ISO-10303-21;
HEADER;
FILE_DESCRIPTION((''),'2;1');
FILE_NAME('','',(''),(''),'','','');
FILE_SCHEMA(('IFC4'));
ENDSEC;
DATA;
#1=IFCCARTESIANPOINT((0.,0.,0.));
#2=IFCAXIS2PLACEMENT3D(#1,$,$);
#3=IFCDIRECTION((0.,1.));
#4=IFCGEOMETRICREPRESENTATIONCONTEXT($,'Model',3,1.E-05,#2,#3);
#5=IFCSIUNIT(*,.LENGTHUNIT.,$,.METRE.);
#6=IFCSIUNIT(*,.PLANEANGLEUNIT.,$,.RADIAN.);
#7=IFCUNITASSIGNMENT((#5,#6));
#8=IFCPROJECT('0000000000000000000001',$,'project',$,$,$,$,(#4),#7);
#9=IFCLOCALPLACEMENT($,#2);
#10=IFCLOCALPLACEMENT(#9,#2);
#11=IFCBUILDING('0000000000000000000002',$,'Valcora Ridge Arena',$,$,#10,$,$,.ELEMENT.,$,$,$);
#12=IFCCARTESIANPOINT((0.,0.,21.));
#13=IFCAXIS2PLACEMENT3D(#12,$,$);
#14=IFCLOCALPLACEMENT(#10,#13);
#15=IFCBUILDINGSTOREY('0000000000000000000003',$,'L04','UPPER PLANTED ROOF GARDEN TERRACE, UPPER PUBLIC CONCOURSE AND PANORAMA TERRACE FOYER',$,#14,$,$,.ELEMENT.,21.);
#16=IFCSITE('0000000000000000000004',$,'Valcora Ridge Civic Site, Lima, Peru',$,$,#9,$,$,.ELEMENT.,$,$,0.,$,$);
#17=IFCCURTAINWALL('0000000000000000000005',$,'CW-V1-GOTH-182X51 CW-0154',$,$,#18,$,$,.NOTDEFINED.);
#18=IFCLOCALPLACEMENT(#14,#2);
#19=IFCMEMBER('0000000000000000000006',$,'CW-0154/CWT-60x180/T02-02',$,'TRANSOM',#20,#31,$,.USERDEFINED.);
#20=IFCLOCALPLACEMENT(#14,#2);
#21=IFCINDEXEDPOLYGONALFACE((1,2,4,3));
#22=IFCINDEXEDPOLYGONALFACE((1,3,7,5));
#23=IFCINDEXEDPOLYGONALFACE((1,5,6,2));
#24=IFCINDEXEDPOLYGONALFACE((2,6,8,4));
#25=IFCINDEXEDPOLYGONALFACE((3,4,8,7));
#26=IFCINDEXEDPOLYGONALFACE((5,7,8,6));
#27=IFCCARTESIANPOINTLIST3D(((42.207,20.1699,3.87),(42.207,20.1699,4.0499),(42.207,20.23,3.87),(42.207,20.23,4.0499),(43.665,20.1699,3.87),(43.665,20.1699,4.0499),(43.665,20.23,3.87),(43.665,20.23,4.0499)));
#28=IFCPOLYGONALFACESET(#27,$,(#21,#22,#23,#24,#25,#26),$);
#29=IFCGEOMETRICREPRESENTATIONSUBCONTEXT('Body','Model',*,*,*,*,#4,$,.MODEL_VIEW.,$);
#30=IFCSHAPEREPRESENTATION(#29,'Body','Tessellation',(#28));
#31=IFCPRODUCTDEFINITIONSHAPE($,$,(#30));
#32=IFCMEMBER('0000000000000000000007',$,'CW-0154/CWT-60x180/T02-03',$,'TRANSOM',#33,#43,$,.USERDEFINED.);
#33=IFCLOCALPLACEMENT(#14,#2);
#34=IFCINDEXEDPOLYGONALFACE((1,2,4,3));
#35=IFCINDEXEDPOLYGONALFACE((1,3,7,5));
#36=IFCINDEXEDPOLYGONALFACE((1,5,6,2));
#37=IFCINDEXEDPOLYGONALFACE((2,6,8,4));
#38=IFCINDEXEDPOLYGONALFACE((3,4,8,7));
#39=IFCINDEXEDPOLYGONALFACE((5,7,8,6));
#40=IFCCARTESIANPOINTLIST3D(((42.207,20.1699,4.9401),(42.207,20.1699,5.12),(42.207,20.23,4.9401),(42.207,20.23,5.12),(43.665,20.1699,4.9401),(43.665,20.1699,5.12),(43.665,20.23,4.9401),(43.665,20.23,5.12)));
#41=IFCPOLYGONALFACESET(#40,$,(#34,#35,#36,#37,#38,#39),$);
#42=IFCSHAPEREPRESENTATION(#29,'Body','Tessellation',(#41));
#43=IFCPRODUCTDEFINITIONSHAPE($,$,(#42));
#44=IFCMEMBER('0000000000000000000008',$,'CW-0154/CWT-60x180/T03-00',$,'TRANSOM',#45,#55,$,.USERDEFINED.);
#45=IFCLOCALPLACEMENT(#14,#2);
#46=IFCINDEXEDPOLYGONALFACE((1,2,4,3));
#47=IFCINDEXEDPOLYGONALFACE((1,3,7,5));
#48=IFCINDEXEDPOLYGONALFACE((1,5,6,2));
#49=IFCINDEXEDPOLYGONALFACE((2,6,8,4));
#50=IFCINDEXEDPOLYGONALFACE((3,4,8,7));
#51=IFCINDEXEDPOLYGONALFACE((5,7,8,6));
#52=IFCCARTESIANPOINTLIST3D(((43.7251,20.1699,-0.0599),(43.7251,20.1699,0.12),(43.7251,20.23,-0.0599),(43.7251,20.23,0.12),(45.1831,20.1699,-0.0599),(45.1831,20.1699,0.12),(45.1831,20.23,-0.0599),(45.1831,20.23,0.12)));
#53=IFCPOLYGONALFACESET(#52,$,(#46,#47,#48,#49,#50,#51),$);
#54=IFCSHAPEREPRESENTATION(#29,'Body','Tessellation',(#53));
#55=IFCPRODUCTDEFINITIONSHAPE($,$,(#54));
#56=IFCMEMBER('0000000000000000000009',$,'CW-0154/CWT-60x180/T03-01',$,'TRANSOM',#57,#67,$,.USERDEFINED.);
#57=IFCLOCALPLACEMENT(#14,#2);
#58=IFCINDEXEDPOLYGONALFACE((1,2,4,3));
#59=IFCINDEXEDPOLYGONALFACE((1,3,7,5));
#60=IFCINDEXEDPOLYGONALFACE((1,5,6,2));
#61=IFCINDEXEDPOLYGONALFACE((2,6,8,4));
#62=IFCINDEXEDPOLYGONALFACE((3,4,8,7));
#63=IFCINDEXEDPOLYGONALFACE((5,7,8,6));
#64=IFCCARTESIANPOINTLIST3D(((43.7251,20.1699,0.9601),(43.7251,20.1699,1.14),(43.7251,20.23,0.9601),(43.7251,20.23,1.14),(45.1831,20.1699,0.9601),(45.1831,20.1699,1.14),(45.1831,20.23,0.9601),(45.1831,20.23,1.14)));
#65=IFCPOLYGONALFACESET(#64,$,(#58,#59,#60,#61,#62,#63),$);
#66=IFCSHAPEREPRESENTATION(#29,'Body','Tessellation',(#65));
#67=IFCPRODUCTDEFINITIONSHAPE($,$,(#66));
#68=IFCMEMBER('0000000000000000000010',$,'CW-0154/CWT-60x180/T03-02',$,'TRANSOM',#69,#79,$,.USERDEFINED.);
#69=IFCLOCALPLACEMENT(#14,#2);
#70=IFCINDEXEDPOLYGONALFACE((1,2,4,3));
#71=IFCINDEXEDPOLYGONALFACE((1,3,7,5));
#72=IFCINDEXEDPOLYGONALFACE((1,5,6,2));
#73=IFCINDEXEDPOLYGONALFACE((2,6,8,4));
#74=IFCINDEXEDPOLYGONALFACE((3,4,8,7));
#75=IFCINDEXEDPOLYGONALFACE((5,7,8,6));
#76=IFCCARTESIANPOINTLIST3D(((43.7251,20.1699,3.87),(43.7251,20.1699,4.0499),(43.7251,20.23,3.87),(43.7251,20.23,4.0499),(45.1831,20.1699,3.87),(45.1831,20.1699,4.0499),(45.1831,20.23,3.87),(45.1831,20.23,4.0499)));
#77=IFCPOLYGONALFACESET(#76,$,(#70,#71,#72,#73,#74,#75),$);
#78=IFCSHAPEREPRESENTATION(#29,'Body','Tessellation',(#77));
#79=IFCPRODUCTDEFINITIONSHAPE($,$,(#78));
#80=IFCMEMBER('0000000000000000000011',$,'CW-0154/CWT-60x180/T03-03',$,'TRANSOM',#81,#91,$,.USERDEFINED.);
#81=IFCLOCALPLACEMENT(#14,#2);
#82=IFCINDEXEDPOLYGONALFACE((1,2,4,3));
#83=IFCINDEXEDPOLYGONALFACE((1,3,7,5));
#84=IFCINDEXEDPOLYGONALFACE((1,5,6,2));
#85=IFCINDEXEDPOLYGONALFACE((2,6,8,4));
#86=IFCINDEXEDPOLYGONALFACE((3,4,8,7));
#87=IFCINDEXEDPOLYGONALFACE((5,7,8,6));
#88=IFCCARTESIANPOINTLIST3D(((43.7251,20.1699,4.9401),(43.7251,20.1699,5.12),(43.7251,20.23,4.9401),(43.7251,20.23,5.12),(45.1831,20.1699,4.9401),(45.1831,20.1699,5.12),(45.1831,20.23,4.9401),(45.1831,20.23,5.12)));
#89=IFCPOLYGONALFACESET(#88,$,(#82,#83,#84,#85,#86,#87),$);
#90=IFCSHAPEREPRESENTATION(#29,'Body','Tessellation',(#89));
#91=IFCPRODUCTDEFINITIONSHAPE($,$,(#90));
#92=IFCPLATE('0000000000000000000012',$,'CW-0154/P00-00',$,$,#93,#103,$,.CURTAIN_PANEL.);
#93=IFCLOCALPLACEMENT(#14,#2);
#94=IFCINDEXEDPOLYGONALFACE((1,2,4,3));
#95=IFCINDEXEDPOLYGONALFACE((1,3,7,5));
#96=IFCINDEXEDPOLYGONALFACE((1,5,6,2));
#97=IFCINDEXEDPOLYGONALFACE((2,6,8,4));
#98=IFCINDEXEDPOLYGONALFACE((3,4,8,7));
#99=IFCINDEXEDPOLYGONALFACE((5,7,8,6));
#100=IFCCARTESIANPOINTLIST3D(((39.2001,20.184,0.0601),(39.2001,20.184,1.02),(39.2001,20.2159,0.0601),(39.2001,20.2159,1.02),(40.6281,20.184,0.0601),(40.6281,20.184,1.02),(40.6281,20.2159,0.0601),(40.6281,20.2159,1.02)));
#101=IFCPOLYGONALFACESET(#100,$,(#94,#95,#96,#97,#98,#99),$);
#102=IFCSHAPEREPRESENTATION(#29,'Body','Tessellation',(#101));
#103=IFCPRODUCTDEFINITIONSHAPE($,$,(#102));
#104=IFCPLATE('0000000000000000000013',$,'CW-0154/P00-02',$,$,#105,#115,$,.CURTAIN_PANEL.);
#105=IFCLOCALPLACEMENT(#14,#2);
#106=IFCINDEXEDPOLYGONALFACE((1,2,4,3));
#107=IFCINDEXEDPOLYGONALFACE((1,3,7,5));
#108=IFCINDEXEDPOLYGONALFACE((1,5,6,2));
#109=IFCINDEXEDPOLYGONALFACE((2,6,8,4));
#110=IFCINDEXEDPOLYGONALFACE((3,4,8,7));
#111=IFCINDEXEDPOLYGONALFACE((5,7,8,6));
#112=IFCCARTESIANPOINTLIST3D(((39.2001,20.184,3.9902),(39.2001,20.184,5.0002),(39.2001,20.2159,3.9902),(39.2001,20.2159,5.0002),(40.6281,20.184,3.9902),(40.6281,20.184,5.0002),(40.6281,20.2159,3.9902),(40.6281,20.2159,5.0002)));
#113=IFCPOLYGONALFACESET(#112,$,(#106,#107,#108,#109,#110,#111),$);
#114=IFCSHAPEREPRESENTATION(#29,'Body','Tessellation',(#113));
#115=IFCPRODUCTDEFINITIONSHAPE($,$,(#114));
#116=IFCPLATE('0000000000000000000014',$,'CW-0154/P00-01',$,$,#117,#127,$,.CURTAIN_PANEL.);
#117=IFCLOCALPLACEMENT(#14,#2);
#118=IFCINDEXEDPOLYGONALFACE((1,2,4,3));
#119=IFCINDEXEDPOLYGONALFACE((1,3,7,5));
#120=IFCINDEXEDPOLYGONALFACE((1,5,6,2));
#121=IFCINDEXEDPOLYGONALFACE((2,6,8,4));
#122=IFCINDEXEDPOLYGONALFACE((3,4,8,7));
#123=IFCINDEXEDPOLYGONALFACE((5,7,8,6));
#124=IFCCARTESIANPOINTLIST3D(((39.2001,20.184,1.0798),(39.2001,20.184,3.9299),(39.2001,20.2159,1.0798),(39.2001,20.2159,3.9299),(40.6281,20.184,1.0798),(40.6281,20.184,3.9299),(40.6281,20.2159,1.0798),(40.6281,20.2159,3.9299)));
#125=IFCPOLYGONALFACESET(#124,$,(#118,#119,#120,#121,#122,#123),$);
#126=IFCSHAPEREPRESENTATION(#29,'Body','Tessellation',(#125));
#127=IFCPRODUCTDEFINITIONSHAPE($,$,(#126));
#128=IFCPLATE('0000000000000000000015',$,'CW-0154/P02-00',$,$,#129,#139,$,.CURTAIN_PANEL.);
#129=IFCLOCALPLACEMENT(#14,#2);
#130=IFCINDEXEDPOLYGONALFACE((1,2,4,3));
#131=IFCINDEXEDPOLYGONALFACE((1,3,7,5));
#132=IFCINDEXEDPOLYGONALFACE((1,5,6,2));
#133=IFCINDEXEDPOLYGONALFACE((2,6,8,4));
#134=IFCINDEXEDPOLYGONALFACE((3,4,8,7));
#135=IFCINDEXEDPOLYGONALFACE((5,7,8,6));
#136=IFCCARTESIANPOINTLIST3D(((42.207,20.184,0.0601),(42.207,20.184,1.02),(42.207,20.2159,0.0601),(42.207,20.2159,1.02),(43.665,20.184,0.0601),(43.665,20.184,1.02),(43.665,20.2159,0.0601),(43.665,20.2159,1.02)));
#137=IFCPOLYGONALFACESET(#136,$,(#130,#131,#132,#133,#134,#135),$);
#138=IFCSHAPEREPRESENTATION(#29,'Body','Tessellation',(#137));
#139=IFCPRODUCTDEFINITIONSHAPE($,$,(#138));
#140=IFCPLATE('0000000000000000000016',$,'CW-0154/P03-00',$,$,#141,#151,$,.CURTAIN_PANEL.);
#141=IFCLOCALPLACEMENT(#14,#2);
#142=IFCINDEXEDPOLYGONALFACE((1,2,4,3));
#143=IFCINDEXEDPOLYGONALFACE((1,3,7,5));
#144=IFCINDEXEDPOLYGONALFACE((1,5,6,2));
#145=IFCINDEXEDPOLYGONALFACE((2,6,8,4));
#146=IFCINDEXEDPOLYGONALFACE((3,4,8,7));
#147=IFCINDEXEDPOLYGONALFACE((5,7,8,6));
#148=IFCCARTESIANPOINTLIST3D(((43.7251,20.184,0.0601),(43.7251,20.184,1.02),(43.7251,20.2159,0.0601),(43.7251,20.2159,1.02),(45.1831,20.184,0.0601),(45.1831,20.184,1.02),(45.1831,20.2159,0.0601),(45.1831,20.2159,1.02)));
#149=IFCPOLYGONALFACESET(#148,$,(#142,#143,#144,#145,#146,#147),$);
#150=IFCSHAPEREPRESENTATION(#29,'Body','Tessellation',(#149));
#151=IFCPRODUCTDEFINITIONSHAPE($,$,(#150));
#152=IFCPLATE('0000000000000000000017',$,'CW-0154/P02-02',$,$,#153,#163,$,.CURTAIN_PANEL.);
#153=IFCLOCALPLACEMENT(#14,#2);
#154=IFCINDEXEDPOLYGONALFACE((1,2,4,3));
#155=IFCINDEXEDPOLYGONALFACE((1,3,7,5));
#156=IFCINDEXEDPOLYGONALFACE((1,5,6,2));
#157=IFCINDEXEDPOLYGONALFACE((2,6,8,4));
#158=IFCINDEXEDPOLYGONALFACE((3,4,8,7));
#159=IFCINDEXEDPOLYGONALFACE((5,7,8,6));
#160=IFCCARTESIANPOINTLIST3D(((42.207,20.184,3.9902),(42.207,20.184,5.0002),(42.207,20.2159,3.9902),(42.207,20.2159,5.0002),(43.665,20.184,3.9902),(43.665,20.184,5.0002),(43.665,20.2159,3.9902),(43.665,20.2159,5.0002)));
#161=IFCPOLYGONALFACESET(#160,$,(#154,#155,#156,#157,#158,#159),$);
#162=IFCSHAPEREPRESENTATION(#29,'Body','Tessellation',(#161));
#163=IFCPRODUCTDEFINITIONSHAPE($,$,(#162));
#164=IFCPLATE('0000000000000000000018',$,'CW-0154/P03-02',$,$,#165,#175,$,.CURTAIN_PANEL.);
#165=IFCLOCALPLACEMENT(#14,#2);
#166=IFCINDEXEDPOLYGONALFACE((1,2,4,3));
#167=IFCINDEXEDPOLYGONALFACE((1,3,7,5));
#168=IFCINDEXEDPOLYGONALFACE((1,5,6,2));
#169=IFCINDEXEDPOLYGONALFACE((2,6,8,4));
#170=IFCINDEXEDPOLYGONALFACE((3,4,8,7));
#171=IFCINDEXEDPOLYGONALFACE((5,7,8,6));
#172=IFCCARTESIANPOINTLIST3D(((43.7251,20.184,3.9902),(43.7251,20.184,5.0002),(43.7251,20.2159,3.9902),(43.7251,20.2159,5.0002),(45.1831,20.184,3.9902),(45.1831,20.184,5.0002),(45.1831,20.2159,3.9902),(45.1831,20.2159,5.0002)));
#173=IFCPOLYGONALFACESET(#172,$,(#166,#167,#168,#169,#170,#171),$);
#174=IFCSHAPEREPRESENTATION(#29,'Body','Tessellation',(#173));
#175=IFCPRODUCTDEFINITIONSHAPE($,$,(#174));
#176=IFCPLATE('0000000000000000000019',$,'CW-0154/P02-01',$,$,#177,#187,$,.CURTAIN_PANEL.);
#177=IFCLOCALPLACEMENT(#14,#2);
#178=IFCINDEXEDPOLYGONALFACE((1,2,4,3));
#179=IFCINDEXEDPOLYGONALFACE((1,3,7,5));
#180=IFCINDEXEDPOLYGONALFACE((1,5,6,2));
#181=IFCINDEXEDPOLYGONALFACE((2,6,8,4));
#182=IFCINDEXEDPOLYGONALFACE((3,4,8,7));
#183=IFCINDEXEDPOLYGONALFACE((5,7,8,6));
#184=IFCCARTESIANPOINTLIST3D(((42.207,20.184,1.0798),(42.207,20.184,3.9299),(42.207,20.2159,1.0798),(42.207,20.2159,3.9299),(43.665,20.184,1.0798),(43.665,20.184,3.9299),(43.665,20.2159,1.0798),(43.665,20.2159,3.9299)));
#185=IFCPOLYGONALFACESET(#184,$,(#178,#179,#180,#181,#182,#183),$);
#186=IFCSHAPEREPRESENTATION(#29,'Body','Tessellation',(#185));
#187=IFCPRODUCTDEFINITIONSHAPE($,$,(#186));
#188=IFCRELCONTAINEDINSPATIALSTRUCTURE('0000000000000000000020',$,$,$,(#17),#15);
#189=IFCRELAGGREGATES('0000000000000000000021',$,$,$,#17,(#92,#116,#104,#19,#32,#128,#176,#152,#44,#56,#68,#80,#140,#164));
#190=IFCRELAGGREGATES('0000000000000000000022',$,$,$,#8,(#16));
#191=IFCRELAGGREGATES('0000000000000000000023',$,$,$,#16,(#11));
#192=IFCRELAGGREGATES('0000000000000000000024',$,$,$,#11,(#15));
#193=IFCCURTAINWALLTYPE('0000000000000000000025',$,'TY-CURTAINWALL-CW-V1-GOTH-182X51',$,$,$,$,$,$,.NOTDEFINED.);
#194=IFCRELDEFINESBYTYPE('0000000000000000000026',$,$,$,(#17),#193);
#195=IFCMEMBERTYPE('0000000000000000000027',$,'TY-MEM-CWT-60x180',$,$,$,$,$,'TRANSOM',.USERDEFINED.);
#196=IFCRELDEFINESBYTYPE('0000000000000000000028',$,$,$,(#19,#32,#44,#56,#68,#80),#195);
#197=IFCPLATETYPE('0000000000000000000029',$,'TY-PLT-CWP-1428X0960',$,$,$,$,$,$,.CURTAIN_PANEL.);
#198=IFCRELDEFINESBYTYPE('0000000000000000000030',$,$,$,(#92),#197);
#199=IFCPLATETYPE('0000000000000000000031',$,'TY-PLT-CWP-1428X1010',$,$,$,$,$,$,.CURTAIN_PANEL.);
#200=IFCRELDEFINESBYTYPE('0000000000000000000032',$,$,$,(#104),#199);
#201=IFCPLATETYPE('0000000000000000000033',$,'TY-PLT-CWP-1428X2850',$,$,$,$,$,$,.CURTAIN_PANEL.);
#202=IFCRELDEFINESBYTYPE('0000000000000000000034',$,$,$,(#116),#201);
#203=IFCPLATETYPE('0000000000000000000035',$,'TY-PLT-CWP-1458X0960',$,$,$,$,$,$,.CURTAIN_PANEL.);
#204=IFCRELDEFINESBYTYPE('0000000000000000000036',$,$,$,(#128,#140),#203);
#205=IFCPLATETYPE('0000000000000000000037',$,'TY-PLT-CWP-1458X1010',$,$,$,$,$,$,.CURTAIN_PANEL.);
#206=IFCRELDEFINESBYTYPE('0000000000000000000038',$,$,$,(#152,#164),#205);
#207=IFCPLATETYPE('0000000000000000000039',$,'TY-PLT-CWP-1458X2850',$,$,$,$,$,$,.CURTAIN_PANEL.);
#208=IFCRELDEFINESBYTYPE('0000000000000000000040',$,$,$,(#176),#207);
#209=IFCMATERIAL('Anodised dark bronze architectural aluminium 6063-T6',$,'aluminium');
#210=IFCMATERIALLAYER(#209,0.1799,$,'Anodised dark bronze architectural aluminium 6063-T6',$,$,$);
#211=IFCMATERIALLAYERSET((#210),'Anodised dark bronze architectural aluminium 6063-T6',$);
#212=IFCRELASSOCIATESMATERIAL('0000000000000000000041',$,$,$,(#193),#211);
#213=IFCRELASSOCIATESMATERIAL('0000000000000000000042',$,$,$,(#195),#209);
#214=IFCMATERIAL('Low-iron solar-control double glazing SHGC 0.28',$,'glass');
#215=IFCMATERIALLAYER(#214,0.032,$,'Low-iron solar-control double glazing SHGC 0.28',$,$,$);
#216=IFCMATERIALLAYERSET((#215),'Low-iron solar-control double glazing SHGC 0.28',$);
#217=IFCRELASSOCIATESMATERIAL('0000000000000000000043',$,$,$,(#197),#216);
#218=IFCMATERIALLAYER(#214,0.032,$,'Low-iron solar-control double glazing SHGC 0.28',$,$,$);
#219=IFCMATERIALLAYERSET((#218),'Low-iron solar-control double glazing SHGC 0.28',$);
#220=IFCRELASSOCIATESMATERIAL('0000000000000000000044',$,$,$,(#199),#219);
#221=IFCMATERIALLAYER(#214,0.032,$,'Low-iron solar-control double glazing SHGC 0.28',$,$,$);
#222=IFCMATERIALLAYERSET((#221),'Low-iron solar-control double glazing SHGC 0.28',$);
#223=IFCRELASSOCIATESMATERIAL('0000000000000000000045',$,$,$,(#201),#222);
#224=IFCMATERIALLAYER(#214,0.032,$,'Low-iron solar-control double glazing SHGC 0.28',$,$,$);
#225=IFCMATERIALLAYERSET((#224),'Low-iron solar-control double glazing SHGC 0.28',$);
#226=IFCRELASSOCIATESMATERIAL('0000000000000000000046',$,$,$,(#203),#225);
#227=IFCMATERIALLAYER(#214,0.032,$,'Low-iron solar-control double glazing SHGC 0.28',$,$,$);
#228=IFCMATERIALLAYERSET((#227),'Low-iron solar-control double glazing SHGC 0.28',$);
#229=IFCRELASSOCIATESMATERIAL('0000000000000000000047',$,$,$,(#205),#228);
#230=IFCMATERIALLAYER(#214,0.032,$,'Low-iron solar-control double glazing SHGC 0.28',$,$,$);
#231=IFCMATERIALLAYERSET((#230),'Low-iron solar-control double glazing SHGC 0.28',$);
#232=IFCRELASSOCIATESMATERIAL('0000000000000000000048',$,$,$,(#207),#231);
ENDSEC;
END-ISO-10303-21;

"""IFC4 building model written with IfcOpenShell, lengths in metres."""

from ifc_helpers import new_model, si_unit, direction, frame, origin, origin_2d, place, context, subcontext, project, spatial, rectangle, extrude, material, layer, layer_set, material_profile, profile_set, type_object, element, aggregate, save


model = new_model("IFC4")

# Units and contexts
model_context = context("Model", 3, precision=1e-05, world=origin(), true_north=direction((0.0, 1.0)))
body_context = subcontext(model_context, "Body", "Model", "MODEL_VIEW")
ifc_project = project(units=[si_unit("LENGTHUNIT", "METRE"), si_unit("PLANEANGLEUNIT", "RADIAN")], contexts=[model_context])

# Site, building, storey
site_placement = place(None, origin())
site = spatial("IfcSite", under=ifc_project, at=site_placement, Name="Valcora Ridge Civic Site, Lima, Peru", CompositionType="ELEMENT", RefElevation=0.0)
building_placement = place(site_placement, origin())
building = spatial("IfcBuilding", under=site, at=building_placement, Name="Valcora Ridge Arena", CompositionType="ELEMENT")
storey_placement = place(building_placement, frame((0.0, 0.0, 21.0)))
storey = spatial("IfcBuildingStorey", under=building, at=storey_placement, Name="L04", Description="UPPER PLANTED ROOF GARDEN TERRACE, UPPER PUBLIC CONCOURSE AND PANORAMA TERRACE FOYER", CompositionType="ELEMENT", Elevation=21.0)

# Shared definitions
ifc_material_1 = material(Name="Anodised dark bronze architectural aluminium 6063-T6", Category="aluminium")

# Curtain wall, members, plates
ifc_layer_1 = layer(ifc_material_1, 0.1799, Name="Anodised dark bronze architectural aluminium 6063-T6")
ifc_layer_set_1 = layer_set([ifc_layer_1], Name="Anodised dark bronze architectural aluminium 6063-T6")
curtain_wall_type_1 = type_object("IfcCurtainWallType", Name="TY-CURTAINWALL-CW-V1-GOTH-182X51", PredefinedType="NOTDEFINED", material=ifc_layer_set_1)
curtain_wall_1_placement = place(storey_placement, origin())
curtain_wall_1 = element("IfcCurtainWall", 1, at=curtain_wall_1_placement, inside=storey, type_object=curtain_wall_type_1, Name="CW-V1-GOTH-182X51 CW-0154", PredefinedType="NOTDEFINED")
ifc_material_profile_1 = material_profile(ifc_material_1, rectangle(XDim=0.0601, YDim=0.1799, at=origin_2d()), Name="ALU TRANSOM 60x180")
ifc_profile_set_1 = profile_set([ifc_material_profile_1], Name="Anodised dark bronze architectural aluminium 6063-T6")
member_type_1 = type_object("IfcMemberType", Name="TY-MEM-CWT-60x180", ElementType="TRANSOM", PredefinedType="USERDEFINED", material=ifc_profile_set_1)
member_1_placement = place(storey_placement, frame((42.207, 20.2, 3.96), z_axis=(1.0, 0.0, 0.0), x_axis=(0.0, 1.0, 0.0)))
member_1 = element("IfcMember", 2, at=member_1_placement, type_object=member_type_1, Name="CW-0154/CWT-60x180/T02-02", ObjectType="TRANSOM", PredefinedType="USERDEFINED", context=body_context, shape_type="SweptSolid", body=[
    extrude(rectangle(XDim=0.0601, YDim=0.1799, at=origin_2d()), origin(), (0.0, 0.0, 1.0), 1.458),
])
member_2_placement = place(storey_placement, frame((42.207, 20.2, 5.03), z_axis=(1.0, 0.0, 0.0), x_axis=(0.0, 1.0, 0.0)))
member_2 = element("IfcMember", 3, at=member_2_placement, type_object=member_type_1, Name="CW-0154/CWT-60x180/T02-03", ObjectType="TRANSOM", PredefinedType="USERDEFINED", context=body_context, shape_type="SweptSolid", body=[
    extrude(rectangle(XDim=0.0601, YDim=0.1799, at=origin_2d()), origin(), (0.0, 0.0, 1.0), 1.458),
])
member_3_placement = place(storey_placement, frame((43.7251, 20.2, 0.03), z_axis=(1.0, 0.0, 0.0), x_axis=(0.0, 1.0, 0.0)))
member_3 = element("IfcMember", 4, at=member_3_placement, type_object=member_type_1, Name="CW-0154/CWT-60x180/T03-00", ObjectType="TRANSOM", PredefinedType="USERDEFINED", context=body_context, shape_type="SweptSolid", body=[
    extrude(rectangle(XDim=0.0601, YDim=0.1799, at=origin_2d()), origin(), (0.0, 0.0, 1.0), 1.458),
])
member_4_placement = place(storey_placement, frame((43.7251, 20.2, 1.05), z_axis=(1.0, 0.0, 0.0), x_axis=(0.0, 1.0, 0.0)))
member_4 = element("IfcMember", 5, at=member_4_placement, type_object=member_type_1, Name="CW-0154/CWT-60x180/T03-01", ObjectType="TRANSOM", PredefinedType="USERDEFINED", context=body_context, shape_type="SweptSolid", body=[
    extrude(rectangle(XDim=0.0601, YDim=0.1799, at=origin_2d()), origin(), (0.0, 0.0, 1.0), 1.458),
])
member_5_placement = place(storey_placement, frame((43.7251, 20.2, 3.96), z_axis=(1.0, 0.0, 0.0), x_axis=(0.0, 1.0, 0.0)))
member_5 = element("IfcMember", 6, at=member_5_placement, type_object=member_type_1, Name="CW-0154/CWT-60x180/T03-02", ObjectType="TRANSOM", PredefinedType="USERDEFINED", context=body_context, shape_type="SweptSolid", body=[
    extrude(rectangle(XDim=0.0601, YDim=0.1799, at=origin_2d()), origin(), (0.0, 0.0, 1.0), 1.458),
])
member_6_placement = place(storey_placement, frame((43.7251, 20.2, 5.03), z_axis=(1.0, 0.0, 0.0), x_axis=(0.0, 1.0, 0.0)))
member_6 = element("IfcMember", 7, at=member_6_placement, type_object=member_type_1, Name="CW-0154/CWT-60x180/T03-03", ObjectType="TRANSOM", PredefinedType="USERDEFINED", context=body_context, shape_type="SweptSolid", body=[
    extrude(rectangle(XDim=0.0601, YDim=0.1799, at=origin_2d()), origin(), (0.0, 0.0, 1.0), 1.458),
])
ifc_material_2 = material(Name="Low-iron solar-control double glazing SHGC 0.28", Category="glass")
ifc_layer_2 = layer(ifc_material_2, 0.032, Name="Low-iron solar-control double glazing SHGC 0.28")
ifc_layer_set_2 = layer_set([ifc_layer_2], Name="Low-iron solar-control double glazing SHGC 0.28")
plate_type_1 = type_object("IfcPlateType", Name="TY-PLT-CWP-1428X0960", PredefinedType="CURTAIN_PANEL", material=ifc_layer_set_2)
plate_1_placement = place(storey_placement, frame((39.9141, 20.2, 0.0601), z_axis=(0.0, 0.0, 1.0), x_axis=(1.0, 0.0, 0.0)))
plate_1 = element("IfcPlate", 8, at=plate_1_placement, type_object=plate_type_1, Name="CW-0154/P00-00", PredefinedType="CURTAIN_PANEL", context=body_context, shape_type="SweptSolid", body=[
    extrude(rectangle(XDim=1.428, YDim=0.032, at=origin_2d()), origin(), (0.0, 0.0, 1.0), 0.96),
])
ifc_layer_3 = layer(ifc_material_2, 0.032, Name="Low-iron solar-control double glazing SHGC 0.28")
ifc_layer_set_3 = layer_set([ifc_layer_3], Name="Low-iron solar-control double glazing SHGC 0.28")
plate_type_2 = type_object("IfcPlateType", Name="TY-PLT-CWP-1428X1010", PredefinedType="CURTAIN_PANEL", material=ifc_layer_set_3)
plate_2_placement = place(storey_placement, frame((39.9141, 20.2, 3.9902), z_axis=(0.0, 0.0, 1.0), x_axis=(1.0, 0.0, 0.0)))
plate_2 = element("IfcPlate", 9, at=plate_2_placement, type_object=plate_type_2, Name="CW-0154/P00-02", PredefinedType="CURTAIN_PANEL", context=body_context, shape_type="SweptSolid", body=[
    extrude(rectangle(XDim=1.428, YDim=0.032, at=origin_2d()), origin(), (0.0, 0.0, 1.0), 1.01),
])
ifc_layer_4 = layer(ifc_material_2, 0.032, Name="Low-iron solar-control double glazing SHGC 0.28")
ifc_layer_set_4 = layer_set([ifc_layer_4], Name="Low-iron solar-control double glazing SHGC 0.28")
plate_type_3 = type_object("IfcPlateType", Name="TY-PLT-CWP-1428X2850", PredefinedType="CURTAIN_PANEL", material=ifc_layer_set_4)
plate_3_placement = place(storey_placement, frame((39.9141, 20.2, 1.0798), z_axis=(0.0, 0.0, 1.0), x_axis=(1.0, 0.0, 0.0)))
plate_3 = element("IfcPlate", 10, at=plate_3_placement, type_object=plate_type_3, Name="CW-0154/P00-01", PredefinedType="CURTAIN_PANEL", context=body_context, shape_type="SweptSolid", body=[
    extrude(rectangle(XDim=1.428, YDim=0.032, at=origin_2d()), origin(), (0.0, 0.0, 1.0), 2.8501),
])
ifc_layer_5 = layer(ifc_material_2, 0.032, Name="Low-iron solar-control double glazing SHGC 0.28")
ifc_layer_set_5 = layer_set([ifc_layer_5], Name="Low-iron solar-control double glazing SHGC 0.28")
plate_type_4 = type_object("IfcPlateType", Name="TY-PLT-CWP-1458X0960", PredefinedType="CURTAIN_PANEL", material=ifc_layer_set_5)
plate_4_placement = place(storey_placement, frame((42.936, 20.2, 0.0601), z_axis=(0.0, 0.0, 1.0), x_axis=(1.0, 0.0, 0.0)))
plate_4 = element("IfcPlate", 11, at=plate_4_placement, type_object=plate_type_4, Name="CW-0154/P02-00", PredefinedType="CURTAIN_PANEL", context=body_context, shape_type="SweptSolid", body=[
    extrude(rectangle(XDim=1.458, YDim=0.032, at=origin_2d()), origin(), (0.0, 0.0, 1.0), 0.96),
])
plate_5_placement = place(storey_placement, frame((44.4541, 20.2, 0.0601), z_axis=(0.0, 0.0, 1.0), x_axis=(1.0, 0.0, 0.0)))
plate_5 = element("IfcPlate", 12, at=plate_5_placement, type_object=plate_type_4, Name="CW-0154/P03-00", PredefinedType="CURTAIN_PANEL", context=body_context, shape_type="SweptSolid", body=[
    extrude(rectangle(XDim=1.458, YDim=0.032, at=origin_2d()), origin(), (0.0, 0.0, 1.0), 0.96),
])
ifc_layer_6 = layer(ifc_material_2, 0.032, Name="Low-iron solar-control double glazing SHGC 0.28")
ifc_layer_set_6 = layer_set([ifc_layer_6], Name="Low-iron solar-control double glazing SHGC 0.28")
plate_type_5 = type_object("IfcPlateType", Name="TY-PLT-CWP-1458X1010", PredefinedType="CURTAIN_PANEL", material=ifc_layer_set_6)
plate_6_placement = place(storey_placement, frame((42.936, 20.2, 3.9902), z_axis=(0.0, 0.0, 1.0), x_axis=(1.0, 0.0, 0.0)))
plate_6 = element("IfcPlate", 13, at=plate_6_placement, type_object=plate_type_5, Name="CW-0154/P02-02", PredefinedType="CURTAIN_PANEL", context=body_context, shape_type="SweptSolid", body=[
    extrude(rectangle(XDim=1.458, YDim=0.032, at=origin_2d()), origin(), (0.0, 0.0, 1.0), 1.01),
])
plate_7_placement = place(storey_placement, frame((44.4541, 20.2, 3.9902), z_axis=(0.0, 0.0, 1.0), x_axis=(1.0, 0.0, 0.0)))
plate_7 = element("IfcPlate", 14, at=plate_7_placement, type_object=plate_type_5, Name="CW-0154/P03-02", PredefinedType="CURTAIN_PANEL", context=body_context, shape_type="SweptSolid", body=[
    extrude(rectangle(XDim=1.458, YDim=0.032, at=origin_2d()), origin(), (0.0, 0.0, 1.0), 1.01),
])
ifc_layer_7 = layer(ifc_material_2, 0.032, Name="Low-iron solar-control double glazing SHGC 0.28")
ifc_layer_set_7 = layer_set([ifc_layer_7], Name="Low-iron solar-control double glazing SHGC 0.28")
plate_type_6 = type_object("IfcPlateType", Name="TY-PLT-CWP-1458X2850", PredefinedType="CURTAIN_PANEL", material=ifc_layer_set_7)
plate_8_placement = place(storey_placement, frame((42.936, 20.2, 1.0798), z_axis=(0.0, 0.0, 1.0), x_axis=(1.0, 0.0, 0.0)))
plate_8 = element("IfcPlate", 15, at=plate_8_placement, type_object=plate_type_6, Name="CW-0154/P02-01", PredefinedType="CURTAIN_PANEL", context=body_context, shape_type="SweptSolid", body=[
    extrude(rectangle(XDim=1.458, YDim=0.032, at=origin_2d()), origin(), (0.0, 0.0, 1.0), 2.8501),
])
aggregate(curtain_wall_1, [plate_1, plate_3, plate_2, member_1, member_2, plate_4, plate_8, plate_6, member_3, member_4, member_5, member_6, plate_5, plate_7])

save(model, "model.ifc")
